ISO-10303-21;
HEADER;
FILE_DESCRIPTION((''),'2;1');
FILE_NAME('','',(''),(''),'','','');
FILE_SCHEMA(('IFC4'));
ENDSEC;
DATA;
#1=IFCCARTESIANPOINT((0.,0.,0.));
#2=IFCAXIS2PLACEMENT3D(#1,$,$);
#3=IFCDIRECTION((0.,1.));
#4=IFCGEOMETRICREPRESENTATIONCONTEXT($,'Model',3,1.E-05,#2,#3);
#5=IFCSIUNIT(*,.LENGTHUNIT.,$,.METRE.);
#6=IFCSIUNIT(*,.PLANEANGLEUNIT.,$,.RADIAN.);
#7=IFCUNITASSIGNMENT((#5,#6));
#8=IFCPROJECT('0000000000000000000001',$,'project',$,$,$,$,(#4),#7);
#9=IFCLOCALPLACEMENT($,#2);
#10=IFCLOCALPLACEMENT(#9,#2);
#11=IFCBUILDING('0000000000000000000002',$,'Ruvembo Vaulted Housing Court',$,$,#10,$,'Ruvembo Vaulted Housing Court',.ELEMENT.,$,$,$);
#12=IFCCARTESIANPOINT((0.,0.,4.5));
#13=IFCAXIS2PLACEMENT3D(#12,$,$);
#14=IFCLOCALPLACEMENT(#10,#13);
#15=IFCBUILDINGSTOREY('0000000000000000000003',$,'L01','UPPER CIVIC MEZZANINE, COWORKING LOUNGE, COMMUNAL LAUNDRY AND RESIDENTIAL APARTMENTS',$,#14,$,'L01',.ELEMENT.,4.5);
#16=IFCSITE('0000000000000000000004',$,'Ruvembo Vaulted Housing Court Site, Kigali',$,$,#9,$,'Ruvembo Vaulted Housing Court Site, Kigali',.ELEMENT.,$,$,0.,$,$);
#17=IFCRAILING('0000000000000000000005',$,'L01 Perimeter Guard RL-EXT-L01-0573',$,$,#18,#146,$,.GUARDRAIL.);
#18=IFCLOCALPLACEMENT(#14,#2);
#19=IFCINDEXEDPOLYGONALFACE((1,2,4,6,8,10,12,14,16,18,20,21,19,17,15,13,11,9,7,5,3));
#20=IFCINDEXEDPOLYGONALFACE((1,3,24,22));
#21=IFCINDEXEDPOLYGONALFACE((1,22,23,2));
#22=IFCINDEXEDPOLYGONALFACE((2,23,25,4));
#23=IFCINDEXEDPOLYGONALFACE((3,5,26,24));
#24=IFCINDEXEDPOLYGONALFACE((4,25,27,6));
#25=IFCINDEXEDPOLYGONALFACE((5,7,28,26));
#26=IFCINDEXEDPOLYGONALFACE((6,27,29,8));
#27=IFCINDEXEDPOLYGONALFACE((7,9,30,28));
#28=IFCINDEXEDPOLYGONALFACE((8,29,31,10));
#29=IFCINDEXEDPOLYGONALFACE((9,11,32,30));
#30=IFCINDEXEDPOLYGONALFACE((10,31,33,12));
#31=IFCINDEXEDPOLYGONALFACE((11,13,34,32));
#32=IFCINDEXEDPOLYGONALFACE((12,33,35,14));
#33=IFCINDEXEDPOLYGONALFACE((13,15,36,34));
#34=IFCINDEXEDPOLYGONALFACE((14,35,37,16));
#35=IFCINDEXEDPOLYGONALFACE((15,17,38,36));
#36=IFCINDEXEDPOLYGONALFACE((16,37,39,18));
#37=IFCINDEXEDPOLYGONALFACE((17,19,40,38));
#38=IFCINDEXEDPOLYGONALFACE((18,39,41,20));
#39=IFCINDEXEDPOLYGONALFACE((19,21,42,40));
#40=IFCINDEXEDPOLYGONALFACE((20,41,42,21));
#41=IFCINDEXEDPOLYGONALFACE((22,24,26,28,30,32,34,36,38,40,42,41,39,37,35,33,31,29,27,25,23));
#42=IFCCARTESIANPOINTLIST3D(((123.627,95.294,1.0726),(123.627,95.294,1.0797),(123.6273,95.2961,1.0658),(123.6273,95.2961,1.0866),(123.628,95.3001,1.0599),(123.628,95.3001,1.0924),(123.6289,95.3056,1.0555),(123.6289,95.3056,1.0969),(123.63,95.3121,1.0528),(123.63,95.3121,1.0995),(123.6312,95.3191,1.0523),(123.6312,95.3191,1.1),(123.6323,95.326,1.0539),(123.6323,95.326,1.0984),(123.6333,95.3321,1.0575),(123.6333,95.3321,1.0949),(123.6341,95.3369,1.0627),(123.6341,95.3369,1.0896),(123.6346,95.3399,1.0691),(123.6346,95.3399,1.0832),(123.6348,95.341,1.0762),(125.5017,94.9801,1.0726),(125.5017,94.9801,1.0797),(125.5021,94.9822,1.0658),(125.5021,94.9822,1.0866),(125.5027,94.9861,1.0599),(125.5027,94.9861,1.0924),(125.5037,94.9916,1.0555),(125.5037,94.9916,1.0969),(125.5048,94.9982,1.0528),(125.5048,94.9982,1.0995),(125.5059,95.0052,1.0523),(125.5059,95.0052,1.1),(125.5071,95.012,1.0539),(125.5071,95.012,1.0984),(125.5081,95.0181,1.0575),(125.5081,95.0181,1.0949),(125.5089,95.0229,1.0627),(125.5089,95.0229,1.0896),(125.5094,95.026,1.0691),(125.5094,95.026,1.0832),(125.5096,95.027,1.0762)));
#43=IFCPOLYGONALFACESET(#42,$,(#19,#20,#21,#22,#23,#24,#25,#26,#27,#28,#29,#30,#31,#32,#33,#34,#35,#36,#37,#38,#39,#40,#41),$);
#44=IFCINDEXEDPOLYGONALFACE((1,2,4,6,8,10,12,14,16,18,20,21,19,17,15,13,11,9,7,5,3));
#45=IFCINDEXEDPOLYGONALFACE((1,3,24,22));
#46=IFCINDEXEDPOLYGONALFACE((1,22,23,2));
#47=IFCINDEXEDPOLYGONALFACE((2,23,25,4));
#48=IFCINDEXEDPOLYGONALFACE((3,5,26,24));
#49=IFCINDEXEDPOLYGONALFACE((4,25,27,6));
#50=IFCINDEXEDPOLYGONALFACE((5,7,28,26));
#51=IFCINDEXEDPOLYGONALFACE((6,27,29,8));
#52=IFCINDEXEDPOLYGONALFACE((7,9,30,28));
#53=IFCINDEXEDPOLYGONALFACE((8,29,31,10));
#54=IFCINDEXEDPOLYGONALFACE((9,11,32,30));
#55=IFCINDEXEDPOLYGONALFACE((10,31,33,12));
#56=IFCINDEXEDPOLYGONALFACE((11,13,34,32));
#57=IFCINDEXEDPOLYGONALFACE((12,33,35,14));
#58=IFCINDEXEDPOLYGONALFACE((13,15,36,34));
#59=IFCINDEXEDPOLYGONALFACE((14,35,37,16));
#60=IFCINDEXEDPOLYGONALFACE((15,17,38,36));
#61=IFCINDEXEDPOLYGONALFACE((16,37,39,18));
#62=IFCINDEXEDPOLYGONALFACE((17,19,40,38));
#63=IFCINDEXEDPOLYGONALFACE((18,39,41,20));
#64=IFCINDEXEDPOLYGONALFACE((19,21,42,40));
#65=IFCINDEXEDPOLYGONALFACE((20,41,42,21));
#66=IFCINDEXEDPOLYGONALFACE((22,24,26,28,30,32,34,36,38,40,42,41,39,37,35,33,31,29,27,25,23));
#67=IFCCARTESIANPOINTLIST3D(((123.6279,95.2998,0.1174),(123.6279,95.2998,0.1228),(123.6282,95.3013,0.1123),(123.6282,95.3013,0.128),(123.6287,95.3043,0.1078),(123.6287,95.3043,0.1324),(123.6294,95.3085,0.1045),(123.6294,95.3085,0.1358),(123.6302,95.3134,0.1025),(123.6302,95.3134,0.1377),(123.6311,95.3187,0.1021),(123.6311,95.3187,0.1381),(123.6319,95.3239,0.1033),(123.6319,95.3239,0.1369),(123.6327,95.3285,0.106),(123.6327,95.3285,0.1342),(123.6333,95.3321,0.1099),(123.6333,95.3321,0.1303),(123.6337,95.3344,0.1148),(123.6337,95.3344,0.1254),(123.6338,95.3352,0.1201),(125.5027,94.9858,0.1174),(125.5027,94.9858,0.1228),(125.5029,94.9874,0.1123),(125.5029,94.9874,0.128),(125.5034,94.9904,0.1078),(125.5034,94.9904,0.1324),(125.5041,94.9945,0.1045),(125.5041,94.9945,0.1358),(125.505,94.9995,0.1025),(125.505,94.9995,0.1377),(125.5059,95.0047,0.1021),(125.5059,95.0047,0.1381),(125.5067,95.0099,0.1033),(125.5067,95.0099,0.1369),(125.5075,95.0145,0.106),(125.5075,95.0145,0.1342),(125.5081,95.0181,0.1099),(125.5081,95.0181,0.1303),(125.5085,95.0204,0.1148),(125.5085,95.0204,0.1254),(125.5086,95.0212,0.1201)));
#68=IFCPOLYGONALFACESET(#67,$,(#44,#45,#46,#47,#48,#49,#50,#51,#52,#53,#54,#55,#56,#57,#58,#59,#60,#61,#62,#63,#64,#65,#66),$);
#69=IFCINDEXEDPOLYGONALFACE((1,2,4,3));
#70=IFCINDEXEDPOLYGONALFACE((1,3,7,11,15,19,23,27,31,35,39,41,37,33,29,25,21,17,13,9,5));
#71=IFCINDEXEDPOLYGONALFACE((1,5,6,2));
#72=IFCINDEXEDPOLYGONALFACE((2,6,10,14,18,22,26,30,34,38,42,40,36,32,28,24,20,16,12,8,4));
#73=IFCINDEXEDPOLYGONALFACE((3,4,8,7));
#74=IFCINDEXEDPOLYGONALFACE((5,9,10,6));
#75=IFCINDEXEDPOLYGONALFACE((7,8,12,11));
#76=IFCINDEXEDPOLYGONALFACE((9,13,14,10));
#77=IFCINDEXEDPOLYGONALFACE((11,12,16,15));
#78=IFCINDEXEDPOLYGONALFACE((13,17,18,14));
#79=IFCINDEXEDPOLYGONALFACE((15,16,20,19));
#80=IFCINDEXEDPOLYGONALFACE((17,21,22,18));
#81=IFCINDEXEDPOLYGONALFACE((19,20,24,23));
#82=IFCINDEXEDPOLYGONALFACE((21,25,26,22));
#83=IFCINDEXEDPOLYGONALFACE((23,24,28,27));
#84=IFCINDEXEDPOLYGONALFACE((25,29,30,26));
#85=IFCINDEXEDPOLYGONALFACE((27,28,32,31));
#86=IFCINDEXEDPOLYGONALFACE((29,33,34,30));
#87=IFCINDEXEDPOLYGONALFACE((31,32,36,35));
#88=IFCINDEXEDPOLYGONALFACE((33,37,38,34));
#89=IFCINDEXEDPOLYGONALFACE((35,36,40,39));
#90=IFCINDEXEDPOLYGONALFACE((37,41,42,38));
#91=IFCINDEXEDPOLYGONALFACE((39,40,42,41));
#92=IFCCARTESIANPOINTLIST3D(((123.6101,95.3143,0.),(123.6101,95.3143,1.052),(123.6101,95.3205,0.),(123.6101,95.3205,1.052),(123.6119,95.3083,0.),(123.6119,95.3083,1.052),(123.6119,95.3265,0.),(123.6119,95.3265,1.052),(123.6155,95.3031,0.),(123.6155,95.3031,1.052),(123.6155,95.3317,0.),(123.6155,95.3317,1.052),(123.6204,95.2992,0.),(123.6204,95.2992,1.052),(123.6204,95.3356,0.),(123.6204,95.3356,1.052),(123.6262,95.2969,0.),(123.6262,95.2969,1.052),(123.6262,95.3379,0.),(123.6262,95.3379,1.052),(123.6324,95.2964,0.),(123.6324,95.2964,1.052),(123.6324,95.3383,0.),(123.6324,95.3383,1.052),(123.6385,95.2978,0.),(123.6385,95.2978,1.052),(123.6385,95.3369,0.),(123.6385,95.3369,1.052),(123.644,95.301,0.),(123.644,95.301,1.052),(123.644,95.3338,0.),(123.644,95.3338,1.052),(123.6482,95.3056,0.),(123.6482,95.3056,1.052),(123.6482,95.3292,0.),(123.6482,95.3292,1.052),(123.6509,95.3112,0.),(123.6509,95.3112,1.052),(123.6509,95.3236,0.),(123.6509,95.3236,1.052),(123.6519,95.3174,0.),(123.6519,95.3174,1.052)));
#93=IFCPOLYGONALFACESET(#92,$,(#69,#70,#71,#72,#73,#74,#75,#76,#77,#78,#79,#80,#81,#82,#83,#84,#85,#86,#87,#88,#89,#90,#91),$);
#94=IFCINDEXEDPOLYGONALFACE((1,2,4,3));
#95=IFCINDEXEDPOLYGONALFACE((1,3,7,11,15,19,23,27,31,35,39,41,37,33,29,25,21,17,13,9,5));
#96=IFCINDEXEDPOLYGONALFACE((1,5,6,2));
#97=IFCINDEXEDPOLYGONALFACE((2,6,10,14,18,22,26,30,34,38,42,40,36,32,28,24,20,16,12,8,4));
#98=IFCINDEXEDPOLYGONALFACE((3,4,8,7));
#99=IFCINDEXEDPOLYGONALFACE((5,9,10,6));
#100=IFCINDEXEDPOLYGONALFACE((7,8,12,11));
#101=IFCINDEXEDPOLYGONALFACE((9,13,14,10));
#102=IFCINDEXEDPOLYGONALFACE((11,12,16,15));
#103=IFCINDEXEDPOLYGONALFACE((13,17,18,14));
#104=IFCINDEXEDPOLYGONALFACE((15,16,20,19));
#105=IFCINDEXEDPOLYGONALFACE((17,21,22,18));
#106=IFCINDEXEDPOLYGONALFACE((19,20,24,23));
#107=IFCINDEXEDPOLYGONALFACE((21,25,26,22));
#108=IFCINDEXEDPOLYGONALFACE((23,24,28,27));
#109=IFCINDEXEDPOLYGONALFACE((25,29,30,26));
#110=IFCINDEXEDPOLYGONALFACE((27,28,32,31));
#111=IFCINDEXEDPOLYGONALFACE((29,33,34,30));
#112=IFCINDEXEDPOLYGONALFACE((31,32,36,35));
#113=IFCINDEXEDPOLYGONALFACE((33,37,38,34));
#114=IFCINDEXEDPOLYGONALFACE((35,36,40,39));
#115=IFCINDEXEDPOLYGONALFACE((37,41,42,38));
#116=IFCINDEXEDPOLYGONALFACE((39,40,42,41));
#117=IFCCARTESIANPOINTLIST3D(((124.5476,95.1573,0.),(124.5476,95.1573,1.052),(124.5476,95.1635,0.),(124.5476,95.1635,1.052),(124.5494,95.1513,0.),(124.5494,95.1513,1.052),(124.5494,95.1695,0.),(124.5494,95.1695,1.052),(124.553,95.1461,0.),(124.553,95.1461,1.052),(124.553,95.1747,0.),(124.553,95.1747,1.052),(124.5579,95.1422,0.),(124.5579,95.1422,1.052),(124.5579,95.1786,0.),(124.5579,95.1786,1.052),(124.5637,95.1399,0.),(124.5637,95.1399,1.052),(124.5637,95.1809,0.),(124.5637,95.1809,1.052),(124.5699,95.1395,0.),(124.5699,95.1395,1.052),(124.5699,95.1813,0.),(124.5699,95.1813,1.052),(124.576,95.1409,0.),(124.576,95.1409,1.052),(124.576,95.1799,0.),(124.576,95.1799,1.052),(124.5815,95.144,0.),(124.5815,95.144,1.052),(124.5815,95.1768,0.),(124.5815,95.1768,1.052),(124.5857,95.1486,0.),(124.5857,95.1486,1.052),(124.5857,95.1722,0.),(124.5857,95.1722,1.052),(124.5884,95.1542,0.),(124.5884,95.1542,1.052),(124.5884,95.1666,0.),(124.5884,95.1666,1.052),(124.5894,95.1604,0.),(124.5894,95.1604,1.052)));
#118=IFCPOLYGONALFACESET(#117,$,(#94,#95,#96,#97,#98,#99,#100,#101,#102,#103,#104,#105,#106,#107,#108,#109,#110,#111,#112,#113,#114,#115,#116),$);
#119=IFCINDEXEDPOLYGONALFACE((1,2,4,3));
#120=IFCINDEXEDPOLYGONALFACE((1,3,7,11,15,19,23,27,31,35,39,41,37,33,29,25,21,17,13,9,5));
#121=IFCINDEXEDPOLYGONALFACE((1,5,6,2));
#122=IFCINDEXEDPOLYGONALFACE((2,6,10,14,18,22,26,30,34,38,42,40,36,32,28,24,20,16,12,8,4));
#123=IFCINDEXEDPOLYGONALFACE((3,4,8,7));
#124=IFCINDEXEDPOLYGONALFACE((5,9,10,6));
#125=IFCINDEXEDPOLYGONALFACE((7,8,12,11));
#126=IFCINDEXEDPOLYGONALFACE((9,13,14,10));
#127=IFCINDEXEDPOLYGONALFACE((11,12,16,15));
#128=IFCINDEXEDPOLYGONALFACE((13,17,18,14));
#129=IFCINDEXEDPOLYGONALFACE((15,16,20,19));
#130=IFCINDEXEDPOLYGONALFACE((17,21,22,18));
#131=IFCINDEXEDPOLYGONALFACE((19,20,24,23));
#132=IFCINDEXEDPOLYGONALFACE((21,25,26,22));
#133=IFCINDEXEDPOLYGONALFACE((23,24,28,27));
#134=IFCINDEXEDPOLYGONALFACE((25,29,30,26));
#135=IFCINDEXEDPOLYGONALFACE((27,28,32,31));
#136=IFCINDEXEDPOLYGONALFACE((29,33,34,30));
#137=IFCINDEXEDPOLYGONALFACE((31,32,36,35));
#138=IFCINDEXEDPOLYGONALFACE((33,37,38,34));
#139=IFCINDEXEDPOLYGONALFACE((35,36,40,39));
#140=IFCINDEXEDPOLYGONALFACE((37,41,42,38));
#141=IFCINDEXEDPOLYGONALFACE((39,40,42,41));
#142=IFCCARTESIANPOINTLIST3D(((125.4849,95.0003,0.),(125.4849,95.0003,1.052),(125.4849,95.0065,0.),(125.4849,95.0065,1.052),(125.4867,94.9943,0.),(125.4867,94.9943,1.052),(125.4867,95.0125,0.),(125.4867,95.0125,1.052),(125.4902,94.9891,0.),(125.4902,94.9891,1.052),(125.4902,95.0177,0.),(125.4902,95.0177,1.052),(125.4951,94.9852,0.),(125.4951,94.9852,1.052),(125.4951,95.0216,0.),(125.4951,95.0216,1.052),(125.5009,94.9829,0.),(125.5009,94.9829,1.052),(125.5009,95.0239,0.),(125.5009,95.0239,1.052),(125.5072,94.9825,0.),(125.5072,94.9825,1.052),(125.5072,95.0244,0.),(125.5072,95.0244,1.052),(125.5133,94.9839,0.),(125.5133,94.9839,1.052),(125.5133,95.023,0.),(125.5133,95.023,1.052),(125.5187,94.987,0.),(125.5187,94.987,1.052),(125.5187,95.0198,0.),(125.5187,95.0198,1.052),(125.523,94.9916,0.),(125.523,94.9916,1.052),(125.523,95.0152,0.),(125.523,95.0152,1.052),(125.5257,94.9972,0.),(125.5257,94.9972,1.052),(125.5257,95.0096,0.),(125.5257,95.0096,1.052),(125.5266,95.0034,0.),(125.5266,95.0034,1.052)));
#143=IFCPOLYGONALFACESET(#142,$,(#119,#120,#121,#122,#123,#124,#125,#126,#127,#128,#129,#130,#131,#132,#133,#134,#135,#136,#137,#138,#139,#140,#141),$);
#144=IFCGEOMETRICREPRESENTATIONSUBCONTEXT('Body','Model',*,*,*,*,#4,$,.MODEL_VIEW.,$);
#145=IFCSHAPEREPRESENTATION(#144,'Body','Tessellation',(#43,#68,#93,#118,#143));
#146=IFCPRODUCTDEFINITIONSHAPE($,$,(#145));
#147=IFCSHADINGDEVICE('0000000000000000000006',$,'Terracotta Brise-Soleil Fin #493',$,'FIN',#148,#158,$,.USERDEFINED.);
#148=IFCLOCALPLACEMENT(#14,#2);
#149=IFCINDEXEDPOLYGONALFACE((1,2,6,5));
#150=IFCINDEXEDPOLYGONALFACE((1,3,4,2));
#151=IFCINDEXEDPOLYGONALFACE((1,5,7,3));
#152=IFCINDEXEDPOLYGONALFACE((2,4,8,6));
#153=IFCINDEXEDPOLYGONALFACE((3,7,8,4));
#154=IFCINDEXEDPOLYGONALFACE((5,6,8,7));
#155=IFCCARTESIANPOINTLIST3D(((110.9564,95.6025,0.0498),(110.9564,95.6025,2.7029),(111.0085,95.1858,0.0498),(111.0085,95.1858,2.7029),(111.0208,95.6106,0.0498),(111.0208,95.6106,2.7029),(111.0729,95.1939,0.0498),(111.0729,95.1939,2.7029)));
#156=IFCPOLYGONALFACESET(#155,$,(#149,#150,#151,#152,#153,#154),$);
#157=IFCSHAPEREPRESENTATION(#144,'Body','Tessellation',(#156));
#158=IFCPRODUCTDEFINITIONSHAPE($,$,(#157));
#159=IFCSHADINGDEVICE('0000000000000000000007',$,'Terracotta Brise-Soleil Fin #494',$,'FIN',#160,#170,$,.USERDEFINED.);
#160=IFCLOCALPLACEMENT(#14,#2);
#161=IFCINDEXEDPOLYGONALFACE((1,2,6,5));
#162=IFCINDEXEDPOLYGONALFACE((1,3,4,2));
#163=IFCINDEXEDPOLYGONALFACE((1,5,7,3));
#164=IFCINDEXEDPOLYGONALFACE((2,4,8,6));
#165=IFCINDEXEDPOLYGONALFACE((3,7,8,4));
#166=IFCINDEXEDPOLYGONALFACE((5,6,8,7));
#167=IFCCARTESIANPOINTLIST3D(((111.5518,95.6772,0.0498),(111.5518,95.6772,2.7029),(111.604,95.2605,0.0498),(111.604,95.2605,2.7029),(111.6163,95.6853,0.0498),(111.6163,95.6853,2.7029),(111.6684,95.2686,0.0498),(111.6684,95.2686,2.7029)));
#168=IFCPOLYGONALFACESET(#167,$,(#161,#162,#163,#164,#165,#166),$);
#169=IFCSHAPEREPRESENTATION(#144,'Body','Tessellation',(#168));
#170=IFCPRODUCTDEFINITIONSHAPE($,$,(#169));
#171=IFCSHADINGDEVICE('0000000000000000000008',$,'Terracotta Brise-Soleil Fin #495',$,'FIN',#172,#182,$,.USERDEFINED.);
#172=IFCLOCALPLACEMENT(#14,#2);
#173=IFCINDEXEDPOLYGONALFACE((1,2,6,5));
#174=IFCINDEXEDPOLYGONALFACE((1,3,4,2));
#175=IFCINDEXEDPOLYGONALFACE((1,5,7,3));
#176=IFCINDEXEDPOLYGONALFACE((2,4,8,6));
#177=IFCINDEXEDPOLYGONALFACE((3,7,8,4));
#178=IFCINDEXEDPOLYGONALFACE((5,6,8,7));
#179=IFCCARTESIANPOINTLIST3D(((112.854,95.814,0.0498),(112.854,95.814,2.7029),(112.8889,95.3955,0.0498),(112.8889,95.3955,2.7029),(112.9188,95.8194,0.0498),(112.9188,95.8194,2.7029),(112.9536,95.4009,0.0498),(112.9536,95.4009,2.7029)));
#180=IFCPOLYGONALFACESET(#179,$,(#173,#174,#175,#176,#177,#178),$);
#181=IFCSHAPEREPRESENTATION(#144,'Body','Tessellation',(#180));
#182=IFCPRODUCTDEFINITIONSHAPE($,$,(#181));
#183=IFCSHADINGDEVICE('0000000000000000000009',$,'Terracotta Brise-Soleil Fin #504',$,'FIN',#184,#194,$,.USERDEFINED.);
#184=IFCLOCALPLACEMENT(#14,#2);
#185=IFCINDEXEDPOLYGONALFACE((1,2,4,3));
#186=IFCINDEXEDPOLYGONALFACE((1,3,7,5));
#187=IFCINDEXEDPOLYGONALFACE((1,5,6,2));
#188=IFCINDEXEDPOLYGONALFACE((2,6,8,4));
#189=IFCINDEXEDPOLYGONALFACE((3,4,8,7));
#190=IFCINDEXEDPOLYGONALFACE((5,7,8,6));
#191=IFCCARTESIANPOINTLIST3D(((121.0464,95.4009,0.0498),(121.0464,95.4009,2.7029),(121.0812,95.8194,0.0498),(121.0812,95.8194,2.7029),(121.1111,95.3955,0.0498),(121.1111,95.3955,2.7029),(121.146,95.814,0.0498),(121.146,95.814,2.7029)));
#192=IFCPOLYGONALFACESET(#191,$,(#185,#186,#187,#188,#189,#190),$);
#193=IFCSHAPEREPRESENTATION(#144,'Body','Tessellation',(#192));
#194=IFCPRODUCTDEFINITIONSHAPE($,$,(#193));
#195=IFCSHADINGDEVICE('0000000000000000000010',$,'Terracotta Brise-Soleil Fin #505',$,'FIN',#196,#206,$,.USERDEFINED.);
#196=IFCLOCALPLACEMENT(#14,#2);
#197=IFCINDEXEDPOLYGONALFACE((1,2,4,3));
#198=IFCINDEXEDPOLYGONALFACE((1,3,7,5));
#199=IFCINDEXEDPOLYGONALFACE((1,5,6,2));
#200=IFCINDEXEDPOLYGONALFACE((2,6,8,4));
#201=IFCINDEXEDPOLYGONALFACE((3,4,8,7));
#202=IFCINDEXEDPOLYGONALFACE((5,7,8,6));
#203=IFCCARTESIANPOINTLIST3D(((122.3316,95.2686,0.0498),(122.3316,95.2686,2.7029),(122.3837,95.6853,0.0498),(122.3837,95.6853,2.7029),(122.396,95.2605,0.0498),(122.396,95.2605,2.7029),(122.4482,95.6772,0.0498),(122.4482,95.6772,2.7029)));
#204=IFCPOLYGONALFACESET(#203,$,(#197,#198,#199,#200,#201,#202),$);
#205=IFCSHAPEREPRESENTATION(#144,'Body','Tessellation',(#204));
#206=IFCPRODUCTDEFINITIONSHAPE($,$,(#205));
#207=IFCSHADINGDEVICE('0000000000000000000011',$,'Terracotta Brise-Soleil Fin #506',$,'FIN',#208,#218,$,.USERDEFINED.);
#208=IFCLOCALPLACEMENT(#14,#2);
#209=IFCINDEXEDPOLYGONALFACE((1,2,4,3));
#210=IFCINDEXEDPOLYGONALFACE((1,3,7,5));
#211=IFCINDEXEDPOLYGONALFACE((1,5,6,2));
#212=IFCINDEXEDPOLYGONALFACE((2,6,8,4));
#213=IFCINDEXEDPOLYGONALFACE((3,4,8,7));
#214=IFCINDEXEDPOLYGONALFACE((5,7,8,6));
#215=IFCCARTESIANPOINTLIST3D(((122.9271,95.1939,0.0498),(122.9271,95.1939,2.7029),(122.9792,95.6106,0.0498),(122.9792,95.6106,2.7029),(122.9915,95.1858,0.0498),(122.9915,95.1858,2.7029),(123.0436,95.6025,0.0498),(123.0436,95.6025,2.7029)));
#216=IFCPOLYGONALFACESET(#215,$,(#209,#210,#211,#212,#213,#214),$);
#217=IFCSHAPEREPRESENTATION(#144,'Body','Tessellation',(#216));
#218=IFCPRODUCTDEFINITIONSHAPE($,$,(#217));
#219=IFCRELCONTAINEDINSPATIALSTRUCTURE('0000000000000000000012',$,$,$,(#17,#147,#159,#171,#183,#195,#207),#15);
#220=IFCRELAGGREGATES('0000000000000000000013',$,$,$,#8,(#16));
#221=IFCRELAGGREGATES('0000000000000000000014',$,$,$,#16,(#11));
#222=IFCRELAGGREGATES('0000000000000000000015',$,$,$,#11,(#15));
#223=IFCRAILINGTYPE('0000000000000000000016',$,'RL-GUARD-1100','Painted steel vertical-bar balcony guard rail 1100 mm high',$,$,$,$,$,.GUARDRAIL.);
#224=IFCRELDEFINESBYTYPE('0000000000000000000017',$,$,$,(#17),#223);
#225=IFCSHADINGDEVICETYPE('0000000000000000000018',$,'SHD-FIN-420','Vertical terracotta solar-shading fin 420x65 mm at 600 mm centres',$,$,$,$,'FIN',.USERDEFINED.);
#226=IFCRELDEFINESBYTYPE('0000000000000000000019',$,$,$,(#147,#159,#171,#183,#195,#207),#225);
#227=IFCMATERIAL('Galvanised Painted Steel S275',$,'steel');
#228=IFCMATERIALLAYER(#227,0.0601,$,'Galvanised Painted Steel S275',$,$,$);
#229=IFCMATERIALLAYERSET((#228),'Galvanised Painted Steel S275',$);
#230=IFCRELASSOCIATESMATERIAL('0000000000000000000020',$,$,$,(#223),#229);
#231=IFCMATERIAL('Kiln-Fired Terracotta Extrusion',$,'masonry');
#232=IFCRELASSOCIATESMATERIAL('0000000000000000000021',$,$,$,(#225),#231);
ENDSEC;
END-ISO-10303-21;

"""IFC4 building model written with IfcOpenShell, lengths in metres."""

from ifc_helpers import new_model, si_unit, direction, frame, origin, origin_2d, place, context, subcontext, project, spatial, rectangle, circle, extrude, material, layer, layer_set, type_object, element, save


model = new_model("IFC4")

# Units and contexts
model_context = context("Model", 3, precision=1e-05, world=origin(), true_north=direction((0.0, 1.0)))
body_context = subcontext(model_context, "Body", "Model", "MODEL_VIEW")
ifc_project = project(units=[si_unit("LENGTHUNIT", "METRE"), si_unit("PLANEANGLEUNIT", "RADIAN")], contexts=[model_context])

# Site, building, storey
site_placement = place(None, origin())
site = spatial("IfcSite", under=ifc_project, at=site_placement, Name="Ruvembo Vaulted Housing Court Site, Kigali", LongName="Ruvembo Vaulted Housing Court Site, Kigali", CompositionType="ELEMENT", RefElevation=0.0)
building_placement = place(site_placement, origin())
building = spatial("IfcBuilding", under=site, at=building_placement, Name="Ruvembo Vaulted Housing Court", LongName="Ruvembo Vaulted Housing Court", CompositionType="ELEMENT")
storey_placement = place(building_placement, frame((0.0, 0.0, 4.5)))
storey = spatial("IfcBuildingStorey", under=building, at=storey_placement, Name="L01", Description="UPPER CIVIC MEZZANINE, COWORKING LOUNGE, COMMUNAL LAUNDRY AND RESIDENTIAL APARTMENTS", LongName="L01", CompositionType="ELEMENT", Elevation=4.5)

# Railing
ifc_material_1 = material(Name="Galvanised Painted Steel S275", Category="steel")
ifc_layer = layer(ifc_material_1, 0.0601, Name="Galvanised Painted Steel S275")
ifc_layer_set = layer_set([ifc_layer], Name="Galvanised Painted Steel S275")
railing_type = type_object("IfcRailingType", Name="RL-GUARD-1100", Description="Painted steel vertical-bar balcony guard rail 1100 mm high", PredefinedType="GUARDRAIL", material=ifc_layer_set)
railing_1_placement = place(storey_placement, frame((123.6309, 95.3174, 0.0)))
element("IfcRailing", 1, at=railing_1_placement, inside=storey, type_object=railing_type, Name="L01 Perimeter Guard RL-EXT-L01-0573", PredefinedType="GUARDRAIL", context=body_context, shape_type="SweptSolid", body=[
    extrude(circle(Radius=0.0239, at=origin_2d()), frame((0.0, 0.0, 1.0762), z_axis=(0.986265, -0.16517, 0.0), x_axis=(0.16517, 0.986265, 0.0)), (0.0, 0.0, 1.0), 1.9009),
    extrude(circle(Radius=0.0181, at=origin_2d()), frame((0.0, 0.0, 0.1201), z_axis=(0.986265, -0.16517, 0.0), x_axis=(0.16517, 0.986265, 0.0)), (0.0, 0.0, 1.0), 1.9009),
    extrude(circle(Radius=0.021, at=origin_2d()), origin(), (0.0, 0.0, 1.0), 1.052),
    extrude(circle(Radius=0.021, at=origin_2d()), frame((0.9375, -0.157, 0.0)), (0.0, 0.0, 1.0), 1.052),
    extrude(circle(Radius=0.021, at=origin_2d()), frame((1.8748, -0.314, 0.0)), (0.0, 0.0, 1.0), 1.052),
])

# Shading devices
ifc_material_2 = material(Name="Kiln-Fired Terracotta Extrusion", Category="masonry")
shading_device_type = type_object("IfcShadingDeviceType", Name="SHD-FIN-420", Description="Vertical terracotta solar-shading fin 420x65 mm at 600 mm centres", ElementType="FIN", PredefinedType="USERDEFINED", material=ifc_material_2)
for number, where, z_axis, x_axis, name in (
    (2, (111.0146, 95.3982, 0.0498), (0.0, 0.0, 1.0), (0.12419, -0.992258, 0.0), "Terracotta Brise-Soleil Fin #493"),
    (3, (111.6101, 95.4729, 0.0498), (0.0, 0.0, 1.0), (0.12419, -0.992258, 0.0), "Terracotta Brise-Soleil Fin #494"),
    (4, (112.9038, 95.6074, 0.0498), (0.0, 0.0, 1.0), (0.082895, -0.996558, 0.0), "Terracotta Brise-Soleil Fin #495"),
    (5, (121.0962, 95.6074, 0.0498), (0.0, 0.0, 1.0), (-0.082895, -0.996558, 0.0), "Terracotta Brise-Soleil Fin #504"),
    (6, (122.3899, 95.4729, 0.0498), (0.0, 0.0, 1.0), (-0.12419, -0.992258, 0.0), "Terracotta Brise-Soleil Fin #505"),
    (7, (122.9854, 95.3982, 0.0498), (0.0, 0.0, 1.0), (-0.12419, -0.992258, 0.0), "Terracotta Brise-Soleil Fin #506"),
):
    element("IfcShadingDevice", number, at=place(storey_placement, frame(where, z_axis=z_axis, x_axis=x_axis)), inside=storey, type_object=shading_device_type, Name=name, ObjectType="FIN", PredefinedType="USERDEFINED", context=body_context, shape_type="SweptSolid", body=[
        extrude(rectangle(XDim=0.4199, YDim=0.0649, at=origin_2d()), origin(), (0.0, 0.0, 1.0), 2.6531),
    ])

save(model, "model.ifc")
